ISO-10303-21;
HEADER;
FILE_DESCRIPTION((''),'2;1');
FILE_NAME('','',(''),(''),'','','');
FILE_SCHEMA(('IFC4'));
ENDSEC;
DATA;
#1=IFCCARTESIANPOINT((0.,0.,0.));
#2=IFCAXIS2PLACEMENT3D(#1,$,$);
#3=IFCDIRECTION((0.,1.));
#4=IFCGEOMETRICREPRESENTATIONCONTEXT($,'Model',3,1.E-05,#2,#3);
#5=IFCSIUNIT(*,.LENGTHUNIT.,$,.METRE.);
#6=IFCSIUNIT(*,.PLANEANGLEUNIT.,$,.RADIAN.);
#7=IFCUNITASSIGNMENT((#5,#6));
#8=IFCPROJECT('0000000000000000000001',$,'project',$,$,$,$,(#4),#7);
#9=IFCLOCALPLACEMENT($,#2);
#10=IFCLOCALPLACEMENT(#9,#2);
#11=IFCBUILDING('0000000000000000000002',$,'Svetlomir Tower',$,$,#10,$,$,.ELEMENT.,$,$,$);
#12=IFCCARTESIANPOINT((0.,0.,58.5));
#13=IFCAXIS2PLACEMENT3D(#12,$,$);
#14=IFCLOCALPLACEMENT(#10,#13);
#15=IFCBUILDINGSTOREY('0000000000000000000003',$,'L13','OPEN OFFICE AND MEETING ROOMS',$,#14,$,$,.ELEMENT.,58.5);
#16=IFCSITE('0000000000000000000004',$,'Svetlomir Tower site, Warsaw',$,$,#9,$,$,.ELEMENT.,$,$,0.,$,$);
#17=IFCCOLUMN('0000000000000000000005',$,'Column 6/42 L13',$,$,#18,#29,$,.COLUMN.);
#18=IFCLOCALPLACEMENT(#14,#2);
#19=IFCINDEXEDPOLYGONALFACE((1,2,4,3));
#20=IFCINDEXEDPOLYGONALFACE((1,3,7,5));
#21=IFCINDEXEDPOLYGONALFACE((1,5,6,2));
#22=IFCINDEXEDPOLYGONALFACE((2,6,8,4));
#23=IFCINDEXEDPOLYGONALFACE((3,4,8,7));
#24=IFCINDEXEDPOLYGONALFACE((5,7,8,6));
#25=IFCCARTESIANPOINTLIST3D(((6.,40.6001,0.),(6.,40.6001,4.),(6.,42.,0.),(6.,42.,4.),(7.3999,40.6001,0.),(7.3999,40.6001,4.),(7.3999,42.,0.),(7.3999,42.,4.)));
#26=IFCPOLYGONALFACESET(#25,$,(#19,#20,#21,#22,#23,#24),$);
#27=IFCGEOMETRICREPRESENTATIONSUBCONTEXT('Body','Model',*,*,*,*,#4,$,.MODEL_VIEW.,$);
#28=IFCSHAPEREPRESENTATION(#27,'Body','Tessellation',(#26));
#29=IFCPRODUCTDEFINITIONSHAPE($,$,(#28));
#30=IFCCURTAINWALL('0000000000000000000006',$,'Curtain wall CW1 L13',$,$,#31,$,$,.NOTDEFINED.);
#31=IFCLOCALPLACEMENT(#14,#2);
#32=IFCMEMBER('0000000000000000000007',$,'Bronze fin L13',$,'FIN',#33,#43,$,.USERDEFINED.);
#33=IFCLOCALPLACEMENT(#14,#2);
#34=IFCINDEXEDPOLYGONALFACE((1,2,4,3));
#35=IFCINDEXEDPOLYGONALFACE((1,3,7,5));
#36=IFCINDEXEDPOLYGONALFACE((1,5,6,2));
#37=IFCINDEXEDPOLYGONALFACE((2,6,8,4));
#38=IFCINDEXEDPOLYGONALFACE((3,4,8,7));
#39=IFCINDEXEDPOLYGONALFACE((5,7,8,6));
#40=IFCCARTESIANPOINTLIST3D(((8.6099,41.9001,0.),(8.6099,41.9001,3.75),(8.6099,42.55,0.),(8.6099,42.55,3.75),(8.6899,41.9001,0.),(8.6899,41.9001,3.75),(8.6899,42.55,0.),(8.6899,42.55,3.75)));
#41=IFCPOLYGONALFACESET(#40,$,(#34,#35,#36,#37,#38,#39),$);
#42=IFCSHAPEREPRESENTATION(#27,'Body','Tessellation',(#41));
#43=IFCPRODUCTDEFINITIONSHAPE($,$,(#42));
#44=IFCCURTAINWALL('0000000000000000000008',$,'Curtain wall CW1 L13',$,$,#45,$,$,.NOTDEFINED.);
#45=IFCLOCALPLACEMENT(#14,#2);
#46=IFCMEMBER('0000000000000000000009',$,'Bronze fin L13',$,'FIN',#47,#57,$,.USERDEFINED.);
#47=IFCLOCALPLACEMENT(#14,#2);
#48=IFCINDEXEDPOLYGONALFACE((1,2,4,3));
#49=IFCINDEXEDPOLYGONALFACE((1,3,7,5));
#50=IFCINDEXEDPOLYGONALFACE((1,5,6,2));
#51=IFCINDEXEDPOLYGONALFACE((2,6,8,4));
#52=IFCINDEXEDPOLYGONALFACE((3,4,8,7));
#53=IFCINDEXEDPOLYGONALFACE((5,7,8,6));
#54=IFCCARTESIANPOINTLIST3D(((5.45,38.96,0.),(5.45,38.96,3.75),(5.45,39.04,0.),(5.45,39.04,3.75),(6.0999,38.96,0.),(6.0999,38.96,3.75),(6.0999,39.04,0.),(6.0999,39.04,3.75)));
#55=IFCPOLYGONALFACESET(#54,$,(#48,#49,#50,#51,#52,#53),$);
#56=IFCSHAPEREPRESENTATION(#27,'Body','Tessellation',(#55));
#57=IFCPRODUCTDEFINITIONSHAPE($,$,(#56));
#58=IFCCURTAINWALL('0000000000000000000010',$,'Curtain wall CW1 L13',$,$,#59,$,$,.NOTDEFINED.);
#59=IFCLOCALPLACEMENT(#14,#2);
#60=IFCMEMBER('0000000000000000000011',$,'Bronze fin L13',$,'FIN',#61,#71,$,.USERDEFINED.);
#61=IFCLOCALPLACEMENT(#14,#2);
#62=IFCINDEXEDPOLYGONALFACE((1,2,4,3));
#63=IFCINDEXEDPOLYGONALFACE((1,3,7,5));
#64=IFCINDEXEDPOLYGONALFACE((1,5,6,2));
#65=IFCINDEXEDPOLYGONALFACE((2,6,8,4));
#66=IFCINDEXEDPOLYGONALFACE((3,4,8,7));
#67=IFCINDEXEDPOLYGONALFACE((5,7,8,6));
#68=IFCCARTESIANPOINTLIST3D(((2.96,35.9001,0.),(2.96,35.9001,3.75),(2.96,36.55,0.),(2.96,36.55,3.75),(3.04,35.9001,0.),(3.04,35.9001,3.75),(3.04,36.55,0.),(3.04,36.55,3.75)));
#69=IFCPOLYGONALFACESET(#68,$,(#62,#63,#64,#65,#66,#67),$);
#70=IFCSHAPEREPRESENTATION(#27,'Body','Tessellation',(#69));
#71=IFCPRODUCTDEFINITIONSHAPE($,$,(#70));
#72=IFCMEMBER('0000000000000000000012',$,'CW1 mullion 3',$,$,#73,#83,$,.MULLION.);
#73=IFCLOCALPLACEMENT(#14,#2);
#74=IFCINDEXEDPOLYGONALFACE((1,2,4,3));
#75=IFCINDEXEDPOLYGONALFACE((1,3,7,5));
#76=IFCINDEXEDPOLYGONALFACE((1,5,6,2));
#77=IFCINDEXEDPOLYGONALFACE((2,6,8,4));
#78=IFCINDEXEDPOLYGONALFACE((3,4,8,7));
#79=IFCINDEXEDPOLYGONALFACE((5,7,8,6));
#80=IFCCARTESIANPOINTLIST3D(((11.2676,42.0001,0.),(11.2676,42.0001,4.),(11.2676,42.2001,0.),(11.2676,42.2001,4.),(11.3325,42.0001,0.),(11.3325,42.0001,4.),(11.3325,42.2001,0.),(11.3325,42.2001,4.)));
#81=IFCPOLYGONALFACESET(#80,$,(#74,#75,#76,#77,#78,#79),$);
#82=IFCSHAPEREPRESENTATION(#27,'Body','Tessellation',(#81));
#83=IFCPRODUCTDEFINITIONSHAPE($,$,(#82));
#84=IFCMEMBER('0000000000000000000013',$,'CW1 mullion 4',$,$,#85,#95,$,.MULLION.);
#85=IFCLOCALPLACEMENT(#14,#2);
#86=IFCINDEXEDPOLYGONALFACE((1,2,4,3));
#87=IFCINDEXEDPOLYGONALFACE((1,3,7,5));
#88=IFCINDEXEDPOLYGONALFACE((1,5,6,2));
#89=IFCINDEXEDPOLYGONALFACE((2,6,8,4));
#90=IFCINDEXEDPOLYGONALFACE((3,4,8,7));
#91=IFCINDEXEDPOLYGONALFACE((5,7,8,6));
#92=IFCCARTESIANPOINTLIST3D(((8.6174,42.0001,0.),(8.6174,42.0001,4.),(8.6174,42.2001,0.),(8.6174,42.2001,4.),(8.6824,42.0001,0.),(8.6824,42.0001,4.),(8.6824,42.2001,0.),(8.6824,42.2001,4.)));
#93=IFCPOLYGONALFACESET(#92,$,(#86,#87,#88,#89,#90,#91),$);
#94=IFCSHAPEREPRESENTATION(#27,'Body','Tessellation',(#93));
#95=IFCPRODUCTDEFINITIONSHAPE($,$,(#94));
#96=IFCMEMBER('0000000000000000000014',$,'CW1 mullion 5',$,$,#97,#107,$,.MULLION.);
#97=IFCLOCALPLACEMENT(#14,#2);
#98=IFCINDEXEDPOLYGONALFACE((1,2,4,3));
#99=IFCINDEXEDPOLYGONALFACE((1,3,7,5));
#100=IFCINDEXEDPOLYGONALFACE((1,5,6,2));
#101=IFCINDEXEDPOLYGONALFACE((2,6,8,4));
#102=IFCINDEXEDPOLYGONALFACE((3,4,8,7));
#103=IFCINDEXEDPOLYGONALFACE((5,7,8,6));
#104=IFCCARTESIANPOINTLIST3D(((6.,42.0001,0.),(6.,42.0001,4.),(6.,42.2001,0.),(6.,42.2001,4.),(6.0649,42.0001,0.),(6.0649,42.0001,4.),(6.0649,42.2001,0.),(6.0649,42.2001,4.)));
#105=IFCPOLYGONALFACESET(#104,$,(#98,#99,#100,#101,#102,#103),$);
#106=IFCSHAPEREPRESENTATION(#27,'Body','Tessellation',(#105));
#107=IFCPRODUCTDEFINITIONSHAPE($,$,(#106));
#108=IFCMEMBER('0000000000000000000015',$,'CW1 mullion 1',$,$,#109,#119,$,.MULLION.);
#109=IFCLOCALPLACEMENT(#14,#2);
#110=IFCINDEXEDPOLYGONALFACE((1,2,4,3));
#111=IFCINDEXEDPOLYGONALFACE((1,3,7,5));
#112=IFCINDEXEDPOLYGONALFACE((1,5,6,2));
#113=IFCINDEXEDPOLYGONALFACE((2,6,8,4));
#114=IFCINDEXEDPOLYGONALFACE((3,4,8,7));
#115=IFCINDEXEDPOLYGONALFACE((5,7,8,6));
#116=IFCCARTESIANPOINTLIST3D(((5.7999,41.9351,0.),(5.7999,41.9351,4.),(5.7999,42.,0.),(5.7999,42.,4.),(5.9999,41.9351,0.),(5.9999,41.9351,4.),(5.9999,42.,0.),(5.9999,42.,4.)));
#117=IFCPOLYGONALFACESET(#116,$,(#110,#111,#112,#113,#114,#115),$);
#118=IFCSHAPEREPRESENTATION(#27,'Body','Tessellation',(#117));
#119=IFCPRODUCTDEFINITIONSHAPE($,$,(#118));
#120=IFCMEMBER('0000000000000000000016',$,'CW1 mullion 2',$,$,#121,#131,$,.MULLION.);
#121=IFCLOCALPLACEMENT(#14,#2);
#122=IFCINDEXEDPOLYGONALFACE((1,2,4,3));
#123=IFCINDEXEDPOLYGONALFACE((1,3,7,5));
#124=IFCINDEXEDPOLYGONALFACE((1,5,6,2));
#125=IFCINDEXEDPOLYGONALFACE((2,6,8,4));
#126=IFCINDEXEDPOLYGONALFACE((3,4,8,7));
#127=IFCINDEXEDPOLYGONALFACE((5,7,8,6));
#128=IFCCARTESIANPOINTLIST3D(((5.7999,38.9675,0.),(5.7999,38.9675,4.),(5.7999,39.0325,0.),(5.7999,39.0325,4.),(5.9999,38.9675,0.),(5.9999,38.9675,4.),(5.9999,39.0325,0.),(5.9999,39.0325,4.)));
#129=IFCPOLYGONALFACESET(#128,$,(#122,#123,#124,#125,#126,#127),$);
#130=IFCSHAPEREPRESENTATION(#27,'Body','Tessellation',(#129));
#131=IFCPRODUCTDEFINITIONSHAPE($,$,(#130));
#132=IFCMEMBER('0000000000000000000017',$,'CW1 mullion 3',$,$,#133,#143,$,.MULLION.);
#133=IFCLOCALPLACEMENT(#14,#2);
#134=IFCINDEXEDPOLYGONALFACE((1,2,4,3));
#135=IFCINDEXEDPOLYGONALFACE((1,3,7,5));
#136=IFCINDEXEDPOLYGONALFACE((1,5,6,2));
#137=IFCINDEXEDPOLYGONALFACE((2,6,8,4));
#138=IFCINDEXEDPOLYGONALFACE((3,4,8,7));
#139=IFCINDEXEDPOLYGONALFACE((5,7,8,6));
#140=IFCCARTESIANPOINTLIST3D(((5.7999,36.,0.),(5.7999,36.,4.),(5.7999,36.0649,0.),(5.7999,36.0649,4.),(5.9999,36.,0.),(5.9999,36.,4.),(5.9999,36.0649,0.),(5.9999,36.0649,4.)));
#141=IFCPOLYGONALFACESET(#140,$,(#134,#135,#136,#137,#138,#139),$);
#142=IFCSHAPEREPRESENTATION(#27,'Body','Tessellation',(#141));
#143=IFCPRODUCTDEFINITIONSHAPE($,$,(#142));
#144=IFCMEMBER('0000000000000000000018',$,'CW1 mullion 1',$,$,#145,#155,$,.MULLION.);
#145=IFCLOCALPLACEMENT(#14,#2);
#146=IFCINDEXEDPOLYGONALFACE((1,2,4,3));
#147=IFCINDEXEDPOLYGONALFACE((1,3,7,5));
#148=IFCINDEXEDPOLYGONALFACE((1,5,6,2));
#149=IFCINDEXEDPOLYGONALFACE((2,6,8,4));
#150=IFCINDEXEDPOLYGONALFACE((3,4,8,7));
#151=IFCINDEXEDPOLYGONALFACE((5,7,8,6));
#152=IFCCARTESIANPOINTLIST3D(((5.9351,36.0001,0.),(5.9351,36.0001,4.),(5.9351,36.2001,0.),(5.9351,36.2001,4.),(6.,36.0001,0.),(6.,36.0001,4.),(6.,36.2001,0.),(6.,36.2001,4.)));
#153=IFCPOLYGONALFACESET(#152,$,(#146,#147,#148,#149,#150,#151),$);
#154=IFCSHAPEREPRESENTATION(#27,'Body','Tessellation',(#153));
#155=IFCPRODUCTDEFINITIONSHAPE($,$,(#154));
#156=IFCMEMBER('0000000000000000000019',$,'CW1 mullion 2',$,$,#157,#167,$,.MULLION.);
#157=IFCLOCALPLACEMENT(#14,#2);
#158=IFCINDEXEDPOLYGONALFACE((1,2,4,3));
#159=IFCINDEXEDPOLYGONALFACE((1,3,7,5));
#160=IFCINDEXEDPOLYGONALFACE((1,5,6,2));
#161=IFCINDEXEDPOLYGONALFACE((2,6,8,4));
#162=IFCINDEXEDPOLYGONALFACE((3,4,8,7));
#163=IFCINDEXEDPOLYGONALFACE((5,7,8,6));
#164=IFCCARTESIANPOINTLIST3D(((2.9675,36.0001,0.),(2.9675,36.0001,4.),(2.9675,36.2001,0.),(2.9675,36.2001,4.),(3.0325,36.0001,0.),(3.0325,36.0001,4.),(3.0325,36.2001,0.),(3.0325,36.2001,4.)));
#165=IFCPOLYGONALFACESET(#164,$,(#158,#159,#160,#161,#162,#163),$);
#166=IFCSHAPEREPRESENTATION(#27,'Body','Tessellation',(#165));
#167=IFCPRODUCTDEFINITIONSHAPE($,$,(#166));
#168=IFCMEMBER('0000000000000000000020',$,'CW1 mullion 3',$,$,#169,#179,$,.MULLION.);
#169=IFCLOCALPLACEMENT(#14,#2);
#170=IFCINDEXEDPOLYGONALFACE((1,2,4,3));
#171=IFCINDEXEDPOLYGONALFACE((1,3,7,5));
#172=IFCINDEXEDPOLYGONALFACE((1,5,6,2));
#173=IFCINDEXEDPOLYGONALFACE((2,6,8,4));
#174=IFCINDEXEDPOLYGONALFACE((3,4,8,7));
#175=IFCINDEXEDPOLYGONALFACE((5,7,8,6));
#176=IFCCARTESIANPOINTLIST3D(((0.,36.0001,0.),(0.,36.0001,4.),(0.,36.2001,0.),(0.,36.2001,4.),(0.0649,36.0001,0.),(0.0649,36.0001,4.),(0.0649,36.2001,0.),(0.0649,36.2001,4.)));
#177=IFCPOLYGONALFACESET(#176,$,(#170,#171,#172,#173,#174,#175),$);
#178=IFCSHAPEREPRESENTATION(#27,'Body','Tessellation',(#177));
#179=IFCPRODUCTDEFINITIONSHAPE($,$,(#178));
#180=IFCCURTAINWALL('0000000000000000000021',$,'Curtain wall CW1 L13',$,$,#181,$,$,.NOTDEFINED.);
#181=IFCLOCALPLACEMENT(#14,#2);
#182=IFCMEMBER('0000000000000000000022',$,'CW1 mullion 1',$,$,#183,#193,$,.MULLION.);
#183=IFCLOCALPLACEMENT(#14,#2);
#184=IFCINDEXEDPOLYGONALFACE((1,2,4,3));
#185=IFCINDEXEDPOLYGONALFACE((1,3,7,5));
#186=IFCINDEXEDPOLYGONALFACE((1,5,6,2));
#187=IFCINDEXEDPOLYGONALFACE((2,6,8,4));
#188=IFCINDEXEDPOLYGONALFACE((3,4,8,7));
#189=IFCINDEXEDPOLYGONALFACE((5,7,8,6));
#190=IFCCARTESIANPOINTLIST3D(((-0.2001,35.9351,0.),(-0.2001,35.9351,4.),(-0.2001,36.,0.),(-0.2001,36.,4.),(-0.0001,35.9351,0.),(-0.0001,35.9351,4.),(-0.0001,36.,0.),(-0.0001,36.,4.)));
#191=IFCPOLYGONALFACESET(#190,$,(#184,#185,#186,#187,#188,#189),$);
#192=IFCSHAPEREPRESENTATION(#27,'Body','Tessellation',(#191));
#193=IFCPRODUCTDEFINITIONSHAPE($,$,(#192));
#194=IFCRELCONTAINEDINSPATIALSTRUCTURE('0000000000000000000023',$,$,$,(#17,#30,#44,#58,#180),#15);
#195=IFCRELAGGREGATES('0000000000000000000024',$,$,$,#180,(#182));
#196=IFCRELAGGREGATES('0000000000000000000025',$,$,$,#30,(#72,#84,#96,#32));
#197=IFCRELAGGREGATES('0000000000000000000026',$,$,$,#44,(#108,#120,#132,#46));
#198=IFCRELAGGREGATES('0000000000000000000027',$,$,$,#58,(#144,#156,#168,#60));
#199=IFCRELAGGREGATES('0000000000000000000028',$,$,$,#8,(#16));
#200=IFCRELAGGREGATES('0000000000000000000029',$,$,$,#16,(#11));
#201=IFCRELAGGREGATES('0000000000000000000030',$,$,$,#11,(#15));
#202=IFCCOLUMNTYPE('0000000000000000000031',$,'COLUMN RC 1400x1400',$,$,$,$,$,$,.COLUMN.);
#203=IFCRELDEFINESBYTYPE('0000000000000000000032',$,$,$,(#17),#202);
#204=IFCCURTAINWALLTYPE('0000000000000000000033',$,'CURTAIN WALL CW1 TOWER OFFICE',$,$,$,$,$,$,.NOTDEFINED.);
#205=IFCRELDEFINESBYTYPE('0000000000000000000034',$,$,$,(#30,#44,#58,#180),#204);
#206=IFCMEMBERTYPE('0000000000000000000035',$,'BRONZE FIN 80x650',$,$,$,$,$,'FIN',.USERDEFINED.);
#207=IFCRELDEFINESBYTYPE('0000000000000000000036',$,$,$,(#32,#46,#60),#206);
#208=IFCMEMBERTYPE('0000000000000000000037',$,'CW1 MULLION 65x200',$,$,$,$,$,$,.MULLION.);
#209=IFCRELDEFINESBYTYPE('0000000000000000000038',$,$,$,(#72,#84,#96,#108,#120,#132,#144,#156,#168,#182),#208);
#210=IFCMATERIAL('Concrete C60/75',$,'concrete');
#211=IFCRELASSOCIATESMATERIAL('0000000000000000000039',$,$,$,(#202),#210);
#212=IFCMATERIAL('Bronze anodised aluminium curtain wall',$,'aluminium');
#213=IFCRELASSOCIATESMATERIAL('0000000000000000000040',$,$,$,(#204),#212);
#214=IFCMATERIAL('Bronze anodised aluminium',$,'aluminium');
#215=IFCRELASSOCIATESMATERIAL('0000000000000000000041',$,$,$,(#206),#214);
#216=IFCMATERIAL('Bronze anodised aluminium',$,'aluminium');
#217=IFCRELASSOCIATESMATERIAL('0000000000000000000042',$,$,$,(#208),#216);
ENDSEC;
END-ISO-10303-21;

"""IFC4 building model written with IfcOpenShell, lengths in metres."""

from ifc_helpers import new_model, si_unit, direction, frame, origin, origin_2d, place, context, subcontext, project, spatial, rectangle, extrude, material, material_profile, profile_set, type_object, element, aggregate, save


model = new_model("IFC4")

# Units and contexts
model_context = context("Model", 3, precision=1e-05, world=origin(), true_north=direction((0.0, 1.0)))
body_context = subcontext(model_context, "Body", "Model", "MODEL_VIEW")
ifc_project = project(units=[si_unit("LENGTHUNIT", "METRE"), si_unit("PLANEANGLEUNIT", "RADIAN")], contexts=[model_context])

# Site, building, storey
site_placement = place(None, origin())
site = spatial("IfcSite", under=ifc_project, at=site_placement, Name="Svetlomir Tower site, Warsaw", CompositionType="ELEMENT", RefElevation=0.0)
building_placement = place(site_placement, origin())
building = spatial("IfcBuilding", under=site, at=building_placement, Name="Svetlomir Tower", CompositionType="ELEMENT")
storey_placement = place(building_placement, frame((0.0, 0.0, 58.5)))
storey = spatial("IfcBuildingStorey", under=building, at=storey_placement, Name="L13", Description="OPEN OFFICE AND MEETING ROOMS", CompositionType="ELEMENT", Elevation=58.5)

# Column
ifc_material_1 = material(Name="Concrete C60/75", Category="concrete")
ifc_material_profile_1 = material_profile(ifc_material_1, rectangle(XDim=1.3999, YDim=1.3999, at=origin_2d()), Name="RC 1400x1400")
ifc_profile_set_1 = profile_set([ifc_material_profile_1], Name="Concrete C60/75")
column_type = type_object("IfcColumnType", Name="COLUMN RC 1400x1400", PredefinedType="COLUMN", material=ifc_profile_set_1)
column_placement = place(storey_placement, frame((6.7, 41.3, 0.0), z_axis=(0.0, 0.0, 1.0), x_axis=(1.0, 0.0, 0.0)))
element("IfcColumn", 1, at=column_placement, inside=storey, type_object=column_type, Name="Column 6/42 L13", PredefinedType="COLUMN", context=body_context, shape_type="SweptSolid", body=[
    extrude(rectangle(XDim=1.3999, YDim=1.3999, at=origin_2d()), origin(), (0.0, 0.0, 1.0), 4.0),
])

# Curtain walls, members
ifc_material_2 = material(Name="Bronze anodised aluminium curtain wall", Category="aluminium")
curtain_wall_type = type_object("IfcCurtainWallType", Name="CURTAIN WALL CW1 TOWER OFFICE", PredefinedType="NOTDEFINED", material=ifc_material_2)
curtain_wall_1_placement = place(storey_placement, origin())
curtain_wall_1 = element("IfcCurtainWall", 2, at=curtain_wall_1_placement, inside=storey, type_object=curtain_wall_type, Name="Curtain wall CW1 L13", PredefinedType="NOTDEFINED")
ifc_material_3 = material(Name="Bronze anodised aluminium", Category="aluminium")
ifc_material_profile_2 = material_profile(ifc_material_3, rectangle(XDim=0.0801, YDim=0.6499, at=origin_2d()), Name="FIN 80x650")
ifc_profile_set_2 = profile_set([ifc_material_profile_2], Name="Bronze anodised aluminium 6063-T6")
member_type_1 = type_object("IfcMemberType", Name="BRONZE FIN 80x650", ElementType="FIN", PredefinedType="USERDEFINED", material=ifc_profile_set_2)
member_1_placement = place(storey_placement, frame((8.6499, 42.2251, 0.0), z_axis=(0.0, 0.0, 1.0), x_axis=(1.0, 0.0, 0.0)))
member_1 = element("IfcMember", 3, at=member_1_placement, type_object=member_type_1, Name="Bronze fin L13", ObjectType="FIN", PredefinedType="USERDEFINED", context=body_context, shape_type="SweptSolid", body=[
    extrude(rectangle(XDim=0.0801, YDim=0.6499, at=origin_2d()), origin(), (0.0, 0.0, 1.0), 3.75),
])
curtain_wall_2_placement = place(storey_placement, origin())
curtain_wall_2 = element("IfcCurtainWall", 4, at=curtain_wall_2_placement, inside=storey, type_object=curtain_wall_type, Name="Curtain wall CW1 L13", PredefinedType="NOTDEFINED")
member_2_placement = place(storey_placement, frame((5.7749, 39.0, 0.0), z_axis=(0.0, 0.0, 1.0), x_axis=(0.0, 1.0, 0.0)))
member_2 = element("IfcMember", 5, at=member_2_placement, type_object=member_type_1, Name="Bronze fin L13", ObjectType="FIN", PredefinedType="USERDEFINED", context=body_context, shape_type="SweptSolid", body=[
    extrude(rectangle(XDim=0.0801, YDim=0.6499, at=origin_2d()), origin(), (0.0, 0.0, 1.0), 3.75),
])
curtain_wall_3_placement = place(storey_placement, origin())
curtain_wall_3 = element("IfcCurtainWall", 6, at=curtain_wall_3_placement, inside=storey, type_object=curtain_wall_type, Name="Curtain wall CW1 L13", PredefinedType="NOTDEFINED")
member_3_placement = place(storey_placement, frame((3.0, 36.2251, 0.0), z_axis=(0.0, 0.0, 1.0), x_axis=(1.0, 0.0, 0.0)))
member_3 = element("IfcMember", 7, at=member_3_placement, type_object=member_type_1, Name="Bronze fin L13", ObjectType="FIN", PredefinedType="USERDEFINED", context=body_context, shape_type="SweptSolid", body=[
    extrude(rectangle(XDim=0.0801, YDim=0.6499, at=origin_2d()), origin(), (0.0, 0.0, 1.0), 3.75),
])

# Members
ifc_material_4 = material(Name="Bronze anodised aluminium", Category="aluminium")
ifc_material_profile_3 = material_profile(ifc_material_4, rectangle(XDim=0.0649, YDim=0.2, at=origin_2d()), Name="AL 65x200")
ifc_profile_set_3 = profile_set([ifc_material_profile_3], Name="Bronze anodised aluminium 6063-T6")
member_type_2 = type_object("IfcMemberType", Name="CW1 MULLION 65x200", PredefinedType="MULLION", material=ifc_profile_set_3)
member_4_placement = place(storey_placement, frame((11.3, 42.1001, 0.0), z_axis=(0.0, 0.0, 1.0), x_axis=(-1.0, 0.0, 0.0)))
member_4 = element("IfcMember", 8, at=member_4_placement, type_object=member_type_2, Name="CW1 mullion 3", PredefinedType="MULLION", context=body_context, shape_type="SweptSolid", body=[
    extrude(rectangle(XDim=0.0649, YDim=0.2, at=origin_2d()), origin(), (0.0, 0.0, 1.0), 4.0),
])
member_5_placement = place(storey_placement, frame((8.6499, 42.1001, 0.0), z_axis=(0.0, 0.0, 1.0), x_axis=(-1.0, 0.0, 0.0)))
member_5 = element("IfcMember", 9, at=member_5_placement, type_object=member_type_2, Name="CW1 mullion 4", PredefinedType="MULLION", context=body_context, shape_type="SweptSolid", body=[
    extrude(rectangle(XDim=0.0649, YDim=0.2, at=origin_2d()), origin(), (0.0, 0.0, 1.0), 4.0),
])
member_6_placement = place(storey_placement, frame((6.0325, 42.1001, 0.0), z_axis=(0.0, 0.0, 1.0), x_axis=(-1.0, 0.0, 0.0)))
member_6 = element("IfcMember", 10, at=member_6_placement, type_object=member_type_2, Name="CW1 mullion 5", PredefinedType="MULLION", context=body_context, shape_type="SweptSolid", body=[
    extrude(rectangle(XDim=0.0649, YDim=0.2, at=origin_2d()), origin(), (0.0, 0.0, 1.0), 4.0),
])
member_7_placement = place(storey_placement, frame((5.8999, 41.9675, 0.0), z_axis=(0.0, 0.0, 1.0), x_axis=(0.0, -1.0, 0.0)))
member_7 = element("IfcMember", 11, at=member_7_placement, type_object=member_type_2, Name="CW1 mullion 1", PredefinedType="MULLION", context=body_context, shape_type="SweptSolid", body=[
    extrude(rectangle(XDim=0.0649, YDim=0.2, at=origin_2d()), origin(), (0.0, 0.0, 1.0), 4.0),
])
member_8_placement = place(storey_placement, frame((5.8999, 39.0, 0.0), z_axis=(0.0, 0.0, 1.0), x_axis=(0.0, -1.0, 0.0)))
member_8 = element("IfcMember", 12, at=member_8_placement, type_object=member_type_2, Name="CW1 mullion 2", PredefinedType="MULLION", context=body_context, shape_type="SweptSolid", body=[
    extrude(rectangle(XDim=0.0649, YDim=0.2, at=origin_2d()), origin(), (0.0, 0.0, 1.0), 4.0),
])
member_9_placement = place(storey_placement, frame((5.8999, 36.0325, 0.0), z_axis=(0.0, 0.0, 1.0), x_axis=(0.0, -1.0, 0.0)))
member_9 = element("IfcMember", 13, at=member_9_placement, type_object=member_type_2, Name="CW1 mullion 3", PredefinedType="MULLION", context=body_context, shape_type="SweptSolid", body=[
    extrude(rectangle(XDim=0.0649, YDim=0.2, at=origin_2d()), origin(), (0.0, 0.0, 1.0), 4.0),
])
member_10_placement = place(storey_placement, frame((5.9675, 36.1001, 0.0), z_axis=(0.0, 0.0, 1.0), x_axis=(-1.0, 0.0, 0.0)))
member_10 = element("IfcMember", 14, at=member_10_placement, type_object=member_type_2, Name="CW1 mullion 1", PredefinedType="MULLION", context=body_context, shape_type="SweptSolid", body=[
    extrude(rectangle(XDim=0.0649, YDim=0.2, at=origin_2d()), origin(), (0.0, 0.0, 1.0), 4.0),
])
member_11_placement = place(storey_placement, frame((3.0, 36.1001, 0.0), z_axis=(0.0, 0.0, 1.0), x_axis=(-1.0, 0.0, 0.0)))
member_11 = element("IfcMember", 15, at=member_11_placement, type_object=member_type_2, Name="CW1 mullion 2", PredefinedType="MULLION", context=body_context, shape_type="SweptSolid", body=[
    extrude(rectangle(XDim=0.0649, YDim=0.2, at=origin_2d()), origin(), (0.0, 0.0, 1.0), 4.0),
])
member_12_placement = place(storey_placement, frame((0.0325, 36.1001, 0.0), z_axis=(0.0, 0.0, 1.0), x_axis=(-1.0, 0.0, 0.0)))
member_12 = element("IfcMember", 16, at=member_12_placement, type_object=member_type_2, Name="CW1 mullion 3", PredefinedType="MULLION", context=body_context, shape_type="SweptSolid", body=[
    extrude(rectangle(XDim=0.0649, YDim=0.2, at=origin_2d()), origin(), (0.0, 0.0, 1.0), 4.0),
])

# Curtain wall, member
curtain_wall_4_placement = place(storey_placement, origin())
curtain_wall_4 = element("IfcCurtainWall", 17, at=curtain_wall_4_placement, inside=storey, type_object=curtain_wall_type, Name="Curtain wall CW1 L13", PredefinedType="NOTDEFINED")
member_13_placement = place(storey_placement, frame((-0.1001, 35.9675, 0.0), z_axis=(0.0, 0.0, 1.0), x_axis=(0.0, -1.0, 0.0)))
member_13 = element("IfcMember", 18, at=member_13_placement, type_object=member_type_2, Name="CW1 mullion 1", PredefinedType="MULLION", context=body_context, shape_type="SweptSolid", body=[
    extrude(rectangle(XDim=0.0649, YDim=0.2, at=origin_2d()), origin(), (0.0, 0.0, 1.0), 4.0),
])

aggregate(curtain_wall_4, [member_13])

aggregate(curtain_wall_1, [member_4, member_5, member_6, member_1])
aggregate(curtain_wall_2, [member_7, member_8, member_9, member_2])
aggregate(curtain_wall_3, [member_10, member_11, member_12, member_3])

save(model, "model.ifc")
